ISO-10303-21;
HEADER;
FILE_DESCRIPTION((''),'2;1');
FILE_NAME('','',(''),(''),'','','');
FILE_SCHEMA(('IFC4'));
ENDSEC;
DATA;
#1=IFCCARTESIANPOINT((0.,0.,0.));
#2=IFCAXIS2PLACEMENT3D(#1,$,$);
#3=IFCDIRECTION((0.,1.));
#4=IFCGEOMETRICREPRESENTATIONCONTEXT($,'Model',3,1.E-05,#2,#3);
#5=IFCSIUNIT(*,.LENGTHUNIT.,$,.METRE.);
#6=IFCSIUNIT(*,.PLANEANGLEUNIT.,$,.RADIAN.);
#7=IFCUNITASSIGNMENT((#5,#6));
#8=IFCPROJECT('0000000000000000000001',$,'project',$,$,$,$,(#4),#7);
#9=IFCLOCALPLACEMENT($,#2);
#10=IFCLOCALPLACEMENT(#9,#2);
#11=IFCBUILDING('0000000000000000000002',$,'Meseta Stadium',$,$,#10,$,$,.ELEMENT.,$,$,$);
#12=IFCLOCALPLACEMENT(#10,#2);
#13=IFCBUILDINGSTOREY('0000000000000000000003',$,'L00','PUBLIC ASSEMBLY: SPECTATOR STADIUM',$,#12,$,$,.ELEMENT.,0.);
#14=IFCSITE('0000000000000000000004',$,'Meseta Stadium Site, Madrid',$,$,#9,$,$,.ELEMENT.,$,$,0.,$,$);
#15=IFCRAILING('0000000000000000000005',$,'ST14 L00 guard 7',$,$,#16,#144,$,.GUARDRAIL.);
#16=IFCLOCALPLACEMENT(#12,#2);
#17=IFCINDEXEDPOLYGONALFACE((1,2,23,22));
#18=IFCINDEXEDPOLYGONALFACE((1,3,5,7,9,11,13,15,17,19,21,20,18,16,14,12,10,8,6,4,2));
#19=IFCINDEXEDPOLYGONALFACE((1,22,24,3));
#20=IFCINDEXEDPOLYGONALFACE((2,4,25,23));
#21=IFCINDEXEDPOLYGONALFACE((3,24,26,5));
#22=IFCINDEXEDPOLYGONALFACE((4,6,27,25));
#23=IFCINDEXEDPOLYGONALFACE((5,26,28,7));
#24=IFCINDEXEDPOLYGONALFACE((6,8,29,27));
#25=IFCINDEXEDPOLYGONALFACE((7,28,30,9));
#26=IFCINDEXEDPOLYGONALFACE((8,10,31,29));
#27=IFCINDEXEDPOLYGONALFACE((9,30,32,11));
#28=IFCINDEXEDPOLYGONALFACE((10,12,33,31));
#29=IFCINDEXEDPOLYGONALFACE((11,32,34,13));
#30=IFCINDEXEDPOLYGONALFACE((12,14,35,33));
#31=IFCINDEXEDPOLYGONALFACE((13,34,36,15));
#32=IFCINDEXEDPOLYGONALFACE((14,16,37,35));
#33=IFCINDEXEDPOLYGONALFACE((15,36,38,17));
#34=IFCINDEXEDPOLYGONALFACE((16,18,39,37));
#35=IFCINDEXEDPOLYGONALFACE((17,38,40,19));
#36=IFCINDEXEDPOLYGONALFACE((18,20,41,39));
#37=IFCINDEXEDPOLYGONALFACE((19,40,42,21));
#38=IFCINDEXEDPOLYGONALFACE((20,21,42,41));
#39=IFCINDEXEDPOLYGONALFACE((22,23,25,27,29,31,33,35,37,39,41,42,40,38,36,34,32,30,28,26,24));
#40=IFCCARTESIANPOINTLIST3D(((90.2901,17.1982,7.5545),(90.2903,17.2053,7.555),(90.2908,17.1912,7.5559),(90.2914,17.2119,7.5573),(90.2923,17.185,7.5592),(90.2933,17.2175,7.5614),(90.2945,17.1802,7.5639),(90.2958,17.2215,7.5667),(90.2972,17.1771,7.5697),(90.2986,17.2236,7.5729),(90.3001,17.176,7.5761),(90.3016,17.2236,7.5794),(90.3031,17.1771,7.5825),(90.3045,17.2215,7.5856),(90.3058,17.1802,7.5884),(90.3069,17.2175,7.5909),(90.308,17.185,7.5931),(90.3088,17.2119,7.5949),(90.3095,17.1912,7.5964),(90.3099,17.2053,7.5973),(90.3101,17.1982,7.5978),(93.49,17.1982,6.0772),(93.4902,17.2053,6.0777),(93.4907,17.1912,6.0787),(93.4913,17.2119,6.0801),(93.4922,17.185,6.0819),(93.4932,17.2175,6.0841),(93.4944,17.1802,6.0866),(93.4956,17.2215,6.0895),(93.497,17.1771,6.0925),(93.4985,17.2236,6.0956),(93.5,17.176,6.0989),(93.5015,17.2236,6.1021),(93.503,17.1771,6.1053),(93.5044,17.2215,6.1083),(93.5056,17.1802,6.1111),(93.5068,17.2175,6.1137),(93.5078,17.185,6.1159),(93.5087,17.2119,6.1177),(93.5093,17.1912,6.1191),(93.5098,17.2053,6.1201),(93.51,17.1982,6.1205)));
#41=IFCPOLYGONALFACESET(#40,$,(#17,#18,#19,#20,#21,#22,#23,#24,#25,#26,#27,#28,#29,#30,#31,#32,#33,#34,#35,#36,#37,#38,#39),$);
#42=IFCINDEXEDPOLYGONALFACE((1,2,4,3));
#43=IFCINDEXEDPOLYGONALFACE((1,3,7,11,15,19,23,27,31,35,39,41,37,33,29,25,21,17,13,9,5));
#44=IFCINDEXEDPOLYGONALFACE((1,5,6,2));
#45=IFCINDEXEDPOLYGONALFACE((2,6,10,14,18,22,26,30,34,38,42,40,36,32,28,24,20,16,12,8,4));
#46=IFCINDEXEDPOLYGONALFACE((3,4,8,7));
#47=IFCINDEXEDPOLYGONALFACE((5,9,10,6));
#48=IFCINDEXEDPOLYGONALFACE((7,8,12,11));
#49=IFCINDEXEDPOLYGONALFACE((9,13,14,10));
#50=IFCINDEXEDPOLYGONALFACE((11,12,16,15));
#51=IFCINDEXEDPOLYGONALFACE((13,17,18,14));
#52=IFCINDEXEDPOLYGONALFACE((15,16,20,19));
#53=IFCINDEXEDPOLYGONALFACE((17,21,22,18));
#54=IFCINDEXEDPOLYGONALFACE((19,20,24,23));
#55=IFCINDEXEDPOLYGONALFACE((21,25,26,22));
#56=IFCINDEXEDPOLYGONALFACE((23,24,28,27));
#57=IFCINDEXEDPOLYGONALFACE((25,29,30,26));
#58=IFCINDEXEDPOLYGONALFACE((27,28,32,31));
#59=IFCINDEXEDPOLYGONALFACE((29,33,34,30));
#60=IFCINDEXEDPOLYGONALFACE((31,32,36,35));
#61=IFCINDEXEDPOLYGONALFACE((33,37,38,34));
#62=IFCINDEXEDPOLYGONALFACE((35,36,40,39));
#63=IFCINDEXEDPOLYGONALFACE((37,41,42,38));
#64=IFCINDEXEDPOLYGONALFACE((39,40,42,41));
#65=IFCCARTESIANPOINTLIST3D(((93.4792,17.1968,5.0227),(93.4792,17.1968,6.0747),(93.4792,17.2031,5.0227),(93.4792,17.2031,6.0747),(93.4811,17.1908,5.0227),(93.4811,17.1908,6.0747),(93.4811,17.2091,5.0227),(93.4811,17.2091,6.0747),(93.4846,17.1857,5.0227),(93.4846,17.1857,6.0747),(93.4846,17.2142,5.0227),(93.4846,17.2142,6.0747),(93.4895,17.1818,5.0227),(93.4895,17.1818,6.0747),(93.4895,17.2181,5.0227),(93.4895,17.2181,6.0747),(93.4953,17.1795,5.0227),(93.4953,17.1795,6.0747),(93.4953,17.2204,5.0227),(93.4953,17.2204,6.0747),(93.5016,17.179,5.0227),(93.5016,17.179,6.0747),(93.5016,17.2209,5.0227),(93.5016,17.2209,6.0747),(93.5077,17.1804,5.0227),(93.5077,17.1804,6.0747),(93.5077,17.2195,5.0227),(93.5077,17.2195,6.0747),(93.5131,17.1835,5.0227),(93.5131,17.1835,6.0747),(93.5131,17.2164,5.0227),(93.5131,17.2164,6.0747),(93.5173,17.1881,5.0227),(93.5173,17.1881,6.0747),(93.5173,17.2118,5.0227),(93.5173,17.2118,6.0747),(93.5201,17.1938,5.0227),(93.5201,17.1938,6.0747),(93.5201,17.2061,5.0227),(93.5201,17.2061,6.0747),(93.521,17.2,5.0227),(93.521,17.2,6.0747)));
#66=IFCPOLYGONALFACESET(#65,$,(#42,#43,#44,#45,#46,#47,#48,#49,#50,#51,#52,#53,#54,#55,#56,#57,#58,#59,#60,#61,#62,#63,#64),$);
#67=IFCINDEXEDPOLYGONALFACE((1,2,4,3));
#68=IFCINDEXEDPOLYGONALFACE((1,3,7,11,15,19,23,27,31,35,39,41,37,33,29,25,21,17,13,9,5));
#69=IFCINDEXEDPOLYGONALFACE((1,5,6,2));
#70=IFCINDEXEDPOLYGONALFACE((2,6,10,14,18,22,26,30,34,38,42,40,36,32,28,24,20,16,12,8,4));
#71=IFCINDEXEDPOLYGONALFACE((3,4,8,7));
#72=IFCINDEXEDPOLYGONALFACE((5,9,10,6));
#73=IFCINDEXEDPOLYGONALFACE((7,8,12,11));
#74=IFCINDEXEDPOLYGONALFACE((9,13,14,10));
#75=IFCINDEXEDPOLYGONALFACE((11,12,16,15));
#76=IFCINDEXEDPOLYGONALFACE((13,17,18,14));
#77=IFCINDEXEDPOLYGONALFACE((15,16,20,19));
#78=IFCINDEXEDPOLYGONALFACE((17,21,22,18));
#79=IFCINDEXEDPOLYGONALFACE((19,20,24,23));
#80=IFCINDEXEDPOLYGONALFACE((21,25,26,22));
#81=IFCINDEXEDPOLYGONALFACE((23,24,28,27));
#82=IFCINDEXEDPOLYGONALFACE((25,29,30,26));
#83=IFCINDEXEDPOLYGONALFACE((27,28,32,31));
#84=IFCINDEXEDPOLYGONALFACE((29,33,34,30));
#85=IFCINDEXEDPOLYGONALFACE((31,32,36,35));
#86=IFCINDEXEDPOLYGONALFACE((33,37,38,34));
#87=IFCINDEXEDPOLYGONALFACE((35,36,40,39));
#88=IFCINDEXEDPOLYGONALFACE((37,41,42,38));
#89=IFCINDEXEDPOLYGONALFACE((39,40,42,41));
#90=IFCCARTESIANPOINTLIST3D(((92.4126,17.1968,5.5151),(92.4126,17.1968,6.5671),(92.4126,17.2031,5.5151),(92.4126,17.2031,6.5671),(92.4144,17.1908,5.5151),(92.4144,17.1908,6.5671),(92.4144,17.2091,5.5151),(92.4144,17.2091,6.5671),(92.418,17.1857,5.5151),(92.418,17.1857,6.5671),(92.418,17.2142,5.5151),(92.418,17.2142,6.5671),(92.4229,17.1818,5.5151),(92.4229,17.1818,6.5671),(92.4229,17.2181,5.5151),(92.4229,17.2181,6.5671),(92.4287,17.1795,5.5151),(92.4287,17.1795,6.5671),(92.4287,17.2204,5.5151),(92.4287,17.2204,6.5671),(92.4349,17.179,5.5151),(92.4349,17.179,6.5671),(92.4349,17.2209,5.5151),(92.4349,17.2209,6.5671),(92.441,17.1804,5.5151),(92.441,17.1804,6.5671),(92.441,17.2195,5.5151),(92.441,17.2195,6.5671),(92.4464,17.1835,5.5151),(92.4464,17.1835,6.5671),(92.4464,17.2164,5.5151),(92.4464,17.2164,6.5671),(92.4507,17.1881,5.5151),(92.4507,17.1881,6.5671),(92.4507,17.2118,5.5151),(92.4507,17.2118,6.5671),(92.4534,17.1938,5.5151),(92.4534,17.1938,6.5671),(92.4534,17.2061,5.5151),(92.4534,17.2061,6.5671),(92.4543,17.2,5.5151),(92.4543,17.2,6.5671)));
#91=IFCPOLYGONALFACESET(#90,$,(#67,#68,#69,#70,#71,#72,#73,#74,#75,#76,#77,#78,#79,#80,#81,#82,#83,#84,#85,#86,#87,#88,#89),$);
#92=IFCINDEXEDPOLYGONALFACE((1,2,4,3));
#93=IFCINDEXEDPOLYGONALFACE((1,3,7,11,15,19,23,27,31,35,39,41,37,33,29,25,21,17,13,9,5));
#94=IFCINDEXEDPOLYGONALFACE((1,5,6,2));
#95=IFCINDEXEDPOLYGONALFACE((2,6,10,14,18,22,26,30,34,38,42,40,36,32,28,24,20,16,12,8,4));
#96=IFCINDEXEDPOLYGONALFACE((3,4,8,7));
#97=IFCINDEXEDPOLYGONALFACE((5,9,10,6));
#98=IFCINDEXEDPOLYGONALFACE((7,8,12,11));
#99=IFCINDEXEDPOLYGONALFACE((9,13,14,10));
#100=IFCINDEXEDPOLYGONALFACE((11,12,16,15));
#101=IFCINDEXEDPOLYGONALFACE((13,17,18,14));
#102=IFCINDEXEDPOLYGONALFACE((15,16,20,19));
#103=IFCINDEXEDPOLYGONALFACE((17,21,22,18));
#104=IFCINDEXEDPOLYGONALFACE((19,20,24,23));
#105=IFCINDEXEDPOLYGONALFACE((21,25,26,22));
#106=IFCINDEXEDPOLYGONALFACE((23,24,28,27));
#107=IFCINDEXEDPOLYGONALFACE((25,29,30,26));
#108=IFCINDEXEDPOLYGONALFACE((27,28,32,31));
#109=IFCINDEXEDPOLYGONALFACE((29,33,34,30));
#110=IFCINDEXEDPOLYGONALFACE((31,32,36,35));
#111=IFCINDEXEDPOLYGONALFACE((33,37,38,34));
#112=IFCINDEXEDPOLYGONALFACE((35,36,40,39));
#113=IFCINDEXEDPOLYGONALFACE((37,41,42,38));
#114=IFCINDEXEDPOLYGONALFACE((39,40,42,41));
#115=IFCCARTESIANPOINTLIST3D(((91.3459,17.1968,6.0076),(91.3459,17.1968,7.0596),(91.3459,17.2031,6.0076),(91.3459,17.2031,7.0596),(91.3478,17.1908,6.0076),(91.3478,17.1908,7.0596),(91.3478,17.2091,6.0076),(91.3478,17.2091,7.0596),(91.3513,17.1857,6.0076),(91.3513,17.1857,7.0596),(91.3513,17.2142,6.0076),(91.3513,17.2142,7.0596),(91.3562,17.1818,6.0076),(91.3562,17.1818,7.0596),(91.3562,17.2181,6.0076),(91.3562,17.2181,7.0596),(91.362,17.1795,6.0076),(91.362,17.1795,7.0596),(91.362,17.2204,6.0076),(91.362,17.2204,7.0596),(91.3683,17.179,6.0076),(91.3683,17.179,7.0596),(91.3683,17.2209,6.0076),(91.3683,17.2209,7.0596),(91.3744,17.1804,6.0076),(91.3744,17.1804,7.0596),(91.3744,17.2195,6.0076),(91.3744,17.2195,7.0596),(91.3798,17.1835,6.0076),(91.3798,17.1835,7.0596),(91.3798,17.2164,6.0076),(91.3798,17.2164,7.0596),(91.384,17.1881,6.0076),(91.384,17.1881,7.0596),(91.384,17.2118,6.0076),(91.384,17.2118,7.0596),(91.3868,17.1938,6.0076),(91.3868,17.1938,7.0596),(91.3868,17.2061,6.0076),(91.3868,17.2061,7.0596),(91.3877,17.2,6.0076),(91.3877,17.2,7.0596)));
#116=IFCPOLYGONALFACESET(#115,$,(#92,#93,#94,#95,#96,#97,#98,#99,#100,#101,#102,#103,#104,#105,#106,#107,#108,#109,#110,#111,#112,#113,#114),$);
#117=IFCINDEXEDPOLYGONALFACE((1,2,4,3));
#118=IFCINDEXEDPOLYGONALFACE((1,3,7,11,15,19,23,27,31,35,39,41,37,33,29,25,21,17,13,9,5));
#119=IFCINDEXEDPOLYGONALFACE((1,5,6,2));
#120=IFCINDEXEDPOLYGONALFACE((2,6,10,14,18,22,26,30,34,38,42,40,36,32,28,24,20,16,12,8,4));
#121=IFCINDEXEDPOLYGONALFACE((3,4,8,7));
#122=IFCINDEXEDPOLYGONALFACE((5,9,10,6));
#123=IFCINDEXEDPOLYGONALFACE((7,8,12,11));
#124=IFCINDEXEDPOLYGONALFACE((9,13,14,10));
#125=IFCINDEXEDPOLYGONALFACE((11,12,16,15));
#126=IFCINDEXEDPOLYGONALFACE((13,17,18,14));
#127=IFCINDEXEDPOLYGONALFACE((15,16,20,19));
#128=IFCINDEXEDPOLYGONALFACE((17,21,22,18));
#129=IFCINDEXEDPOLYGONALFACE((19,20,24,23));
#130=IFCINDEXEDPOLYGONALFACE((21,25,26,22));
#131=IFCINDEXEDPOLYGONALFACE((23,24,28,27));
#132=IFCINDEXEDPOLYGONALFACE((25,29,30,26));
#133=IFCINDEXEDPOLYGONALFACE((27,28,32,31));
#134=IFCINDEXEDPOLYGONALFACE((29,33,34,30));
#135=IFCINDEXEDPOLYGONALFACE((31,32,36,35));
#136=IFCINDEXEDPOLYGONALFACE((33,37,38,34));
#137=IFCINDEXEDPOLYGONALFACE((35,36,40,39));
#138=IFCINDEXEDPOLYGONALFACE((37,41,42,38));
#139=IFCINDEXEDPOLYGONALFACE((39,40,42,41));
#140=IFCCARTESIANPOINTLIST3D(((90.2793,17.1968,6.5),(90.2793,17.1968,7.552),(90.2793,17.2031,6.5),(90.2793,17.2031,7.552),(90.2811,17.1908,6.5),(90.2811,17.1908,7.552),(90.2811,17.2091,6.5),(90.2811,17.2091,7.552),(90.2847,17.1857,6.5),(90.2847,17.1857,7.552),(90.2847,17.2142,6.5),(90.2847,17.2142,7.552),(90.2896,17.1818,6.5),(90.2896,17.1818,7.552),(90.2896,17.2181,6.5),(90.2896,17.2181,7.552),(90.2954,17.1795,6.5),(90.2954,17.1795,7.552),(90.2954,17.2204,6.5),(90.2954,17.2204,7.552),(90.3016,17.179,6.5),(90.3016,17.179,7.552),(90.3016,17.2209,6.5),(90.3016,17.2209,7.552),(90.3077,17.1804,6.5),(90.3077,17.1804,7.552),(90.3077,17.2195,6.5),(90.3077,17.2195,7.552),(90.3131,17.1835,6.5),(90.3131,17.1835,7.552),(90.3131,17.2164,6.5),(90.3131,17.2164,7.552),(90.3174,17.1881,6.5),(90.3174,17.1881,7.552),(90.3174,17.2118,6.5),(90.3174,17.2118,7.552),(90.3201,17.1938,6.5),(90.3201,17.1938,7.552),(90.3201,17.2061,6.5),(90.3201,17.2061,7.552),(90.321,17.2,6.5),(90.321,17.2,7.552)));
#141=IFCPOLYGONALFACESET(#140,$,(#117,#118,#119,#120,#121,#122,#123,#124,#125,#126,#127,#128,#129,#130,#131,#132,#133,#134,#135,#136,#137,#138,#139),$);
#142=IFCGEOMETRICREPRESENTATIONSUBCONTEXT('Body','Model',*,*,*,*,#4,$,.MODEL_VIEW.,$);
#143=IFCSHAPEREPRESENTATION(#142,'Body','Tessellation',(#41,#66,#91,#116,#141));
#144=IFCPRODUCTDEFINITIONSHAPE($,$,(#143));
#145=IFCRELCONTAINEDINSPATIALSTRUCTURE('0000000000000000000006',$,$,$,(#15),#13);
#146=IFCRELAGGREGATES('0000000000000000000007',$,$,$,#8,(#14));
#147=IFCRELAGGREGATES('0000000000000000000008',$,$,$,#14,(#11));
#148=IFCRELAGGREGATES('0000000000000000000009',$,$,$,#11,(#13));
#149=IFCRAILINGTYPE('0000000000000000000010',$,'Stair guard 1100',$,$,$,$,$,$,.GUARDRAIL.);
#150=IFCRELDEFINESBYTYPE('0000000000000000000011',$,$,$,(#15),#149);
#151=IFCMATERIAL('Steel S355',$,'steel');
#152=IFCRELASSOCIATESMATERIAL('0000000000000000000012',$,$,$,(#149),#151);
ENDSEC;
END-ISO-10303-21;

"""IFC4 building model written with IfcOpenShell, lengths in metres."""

from ifc_helpers import new_model, si_unit, direction, frame, origin, origin_2d, place, context, subcontext, project, spatial, circle, extrude, material, type_object, element, save


model = new_model("IFC4")

# Units and contexts
model_context = context("Model", 3, precision=1e-05, world=origin(), true_north=direction((0.0, 1.0)))
body_context = subcontext(model_context, "Body", "Model", "MODEL_VIEW")
ifc_project = project(units=[si_unit("LENGTHUNIT", "METRE"), si_unit("PLANEANGLEUNIT", "RADIAN")], contexts=[model_context])

# Site, building, storey
site_placement = place(None, origin())
site = spatial("IfcSite", under=ifc_project, at=site_placement, Name="Meseta Stadium Site, Madrid", CompositionType="ELEMENT", RefElevation=0.0)
building_placement = place(site_placement, origin())
building = spatial("IfcBuilding", under=site, at=building_placement, Name="Meseta Stadium", CompositionType="ELEMENT")
storey_placement = place(building_placement, origin())
storey = spatial("IfcBuildingStorey", under=building, at=storey_placement, Name="L00", Description="PUBLIC ASSEMBLY: SPECTATOR STADIUM", CompositionType="ELEMENT", Elevation=0.0)

# Railing
ifc_material_1 = material(Name="Steel S355", Category="steel")
railing_type_1 = type_object("IfcRailingType", Name="Stair guard 1100", PredefinedType="GUARDRAIL", material=ifc_material_1)
railing_1_placement = place(storey_placement, frame((93.5, 17.2, 5.0227)))
element("IfcRailing", 1, at=railing_1_placement, inside=storey, type_object=railing_type_1, Name="ST14 L00 guard 7", PredefinedType="GUARDRAIL", context=body_context, shape_type="SweptSolid", body=[
    extrude(circle(Radius=0.0239, at=origin_2d()), frame((0.0, 0.0, 1.0762), z_axis=(-0.907917, 0.0, 0.41915), x_axis=(0.0, -1.0, 0.0)), (0.0, 0.0, 1.0), 3.5244),
    extrude(circle(Radius=0.021, at=origin_2d()), origin(), (0.0, 0.0, 1.0), 1.052),
    extrude(circle(Radius=0.021, at=origin_2d()), frame((-1.0667, 0.0, 0.4924)), (0.0, 0.0, 1.0), 1.052),
    extrude(circle(Radius=0.021, at=origin_2d()), frame((-2.1333, 0.0, 0.9849)), (0.0, 0.0, 1.0), 1.052),
    extrude(circle(Radius=0.021, at=origin_2d()), frame((-3.2, 0.0, 1.4773)), (0.0, 0.0, 1.0), 1.052),
])

save(model, "model.ifc")
